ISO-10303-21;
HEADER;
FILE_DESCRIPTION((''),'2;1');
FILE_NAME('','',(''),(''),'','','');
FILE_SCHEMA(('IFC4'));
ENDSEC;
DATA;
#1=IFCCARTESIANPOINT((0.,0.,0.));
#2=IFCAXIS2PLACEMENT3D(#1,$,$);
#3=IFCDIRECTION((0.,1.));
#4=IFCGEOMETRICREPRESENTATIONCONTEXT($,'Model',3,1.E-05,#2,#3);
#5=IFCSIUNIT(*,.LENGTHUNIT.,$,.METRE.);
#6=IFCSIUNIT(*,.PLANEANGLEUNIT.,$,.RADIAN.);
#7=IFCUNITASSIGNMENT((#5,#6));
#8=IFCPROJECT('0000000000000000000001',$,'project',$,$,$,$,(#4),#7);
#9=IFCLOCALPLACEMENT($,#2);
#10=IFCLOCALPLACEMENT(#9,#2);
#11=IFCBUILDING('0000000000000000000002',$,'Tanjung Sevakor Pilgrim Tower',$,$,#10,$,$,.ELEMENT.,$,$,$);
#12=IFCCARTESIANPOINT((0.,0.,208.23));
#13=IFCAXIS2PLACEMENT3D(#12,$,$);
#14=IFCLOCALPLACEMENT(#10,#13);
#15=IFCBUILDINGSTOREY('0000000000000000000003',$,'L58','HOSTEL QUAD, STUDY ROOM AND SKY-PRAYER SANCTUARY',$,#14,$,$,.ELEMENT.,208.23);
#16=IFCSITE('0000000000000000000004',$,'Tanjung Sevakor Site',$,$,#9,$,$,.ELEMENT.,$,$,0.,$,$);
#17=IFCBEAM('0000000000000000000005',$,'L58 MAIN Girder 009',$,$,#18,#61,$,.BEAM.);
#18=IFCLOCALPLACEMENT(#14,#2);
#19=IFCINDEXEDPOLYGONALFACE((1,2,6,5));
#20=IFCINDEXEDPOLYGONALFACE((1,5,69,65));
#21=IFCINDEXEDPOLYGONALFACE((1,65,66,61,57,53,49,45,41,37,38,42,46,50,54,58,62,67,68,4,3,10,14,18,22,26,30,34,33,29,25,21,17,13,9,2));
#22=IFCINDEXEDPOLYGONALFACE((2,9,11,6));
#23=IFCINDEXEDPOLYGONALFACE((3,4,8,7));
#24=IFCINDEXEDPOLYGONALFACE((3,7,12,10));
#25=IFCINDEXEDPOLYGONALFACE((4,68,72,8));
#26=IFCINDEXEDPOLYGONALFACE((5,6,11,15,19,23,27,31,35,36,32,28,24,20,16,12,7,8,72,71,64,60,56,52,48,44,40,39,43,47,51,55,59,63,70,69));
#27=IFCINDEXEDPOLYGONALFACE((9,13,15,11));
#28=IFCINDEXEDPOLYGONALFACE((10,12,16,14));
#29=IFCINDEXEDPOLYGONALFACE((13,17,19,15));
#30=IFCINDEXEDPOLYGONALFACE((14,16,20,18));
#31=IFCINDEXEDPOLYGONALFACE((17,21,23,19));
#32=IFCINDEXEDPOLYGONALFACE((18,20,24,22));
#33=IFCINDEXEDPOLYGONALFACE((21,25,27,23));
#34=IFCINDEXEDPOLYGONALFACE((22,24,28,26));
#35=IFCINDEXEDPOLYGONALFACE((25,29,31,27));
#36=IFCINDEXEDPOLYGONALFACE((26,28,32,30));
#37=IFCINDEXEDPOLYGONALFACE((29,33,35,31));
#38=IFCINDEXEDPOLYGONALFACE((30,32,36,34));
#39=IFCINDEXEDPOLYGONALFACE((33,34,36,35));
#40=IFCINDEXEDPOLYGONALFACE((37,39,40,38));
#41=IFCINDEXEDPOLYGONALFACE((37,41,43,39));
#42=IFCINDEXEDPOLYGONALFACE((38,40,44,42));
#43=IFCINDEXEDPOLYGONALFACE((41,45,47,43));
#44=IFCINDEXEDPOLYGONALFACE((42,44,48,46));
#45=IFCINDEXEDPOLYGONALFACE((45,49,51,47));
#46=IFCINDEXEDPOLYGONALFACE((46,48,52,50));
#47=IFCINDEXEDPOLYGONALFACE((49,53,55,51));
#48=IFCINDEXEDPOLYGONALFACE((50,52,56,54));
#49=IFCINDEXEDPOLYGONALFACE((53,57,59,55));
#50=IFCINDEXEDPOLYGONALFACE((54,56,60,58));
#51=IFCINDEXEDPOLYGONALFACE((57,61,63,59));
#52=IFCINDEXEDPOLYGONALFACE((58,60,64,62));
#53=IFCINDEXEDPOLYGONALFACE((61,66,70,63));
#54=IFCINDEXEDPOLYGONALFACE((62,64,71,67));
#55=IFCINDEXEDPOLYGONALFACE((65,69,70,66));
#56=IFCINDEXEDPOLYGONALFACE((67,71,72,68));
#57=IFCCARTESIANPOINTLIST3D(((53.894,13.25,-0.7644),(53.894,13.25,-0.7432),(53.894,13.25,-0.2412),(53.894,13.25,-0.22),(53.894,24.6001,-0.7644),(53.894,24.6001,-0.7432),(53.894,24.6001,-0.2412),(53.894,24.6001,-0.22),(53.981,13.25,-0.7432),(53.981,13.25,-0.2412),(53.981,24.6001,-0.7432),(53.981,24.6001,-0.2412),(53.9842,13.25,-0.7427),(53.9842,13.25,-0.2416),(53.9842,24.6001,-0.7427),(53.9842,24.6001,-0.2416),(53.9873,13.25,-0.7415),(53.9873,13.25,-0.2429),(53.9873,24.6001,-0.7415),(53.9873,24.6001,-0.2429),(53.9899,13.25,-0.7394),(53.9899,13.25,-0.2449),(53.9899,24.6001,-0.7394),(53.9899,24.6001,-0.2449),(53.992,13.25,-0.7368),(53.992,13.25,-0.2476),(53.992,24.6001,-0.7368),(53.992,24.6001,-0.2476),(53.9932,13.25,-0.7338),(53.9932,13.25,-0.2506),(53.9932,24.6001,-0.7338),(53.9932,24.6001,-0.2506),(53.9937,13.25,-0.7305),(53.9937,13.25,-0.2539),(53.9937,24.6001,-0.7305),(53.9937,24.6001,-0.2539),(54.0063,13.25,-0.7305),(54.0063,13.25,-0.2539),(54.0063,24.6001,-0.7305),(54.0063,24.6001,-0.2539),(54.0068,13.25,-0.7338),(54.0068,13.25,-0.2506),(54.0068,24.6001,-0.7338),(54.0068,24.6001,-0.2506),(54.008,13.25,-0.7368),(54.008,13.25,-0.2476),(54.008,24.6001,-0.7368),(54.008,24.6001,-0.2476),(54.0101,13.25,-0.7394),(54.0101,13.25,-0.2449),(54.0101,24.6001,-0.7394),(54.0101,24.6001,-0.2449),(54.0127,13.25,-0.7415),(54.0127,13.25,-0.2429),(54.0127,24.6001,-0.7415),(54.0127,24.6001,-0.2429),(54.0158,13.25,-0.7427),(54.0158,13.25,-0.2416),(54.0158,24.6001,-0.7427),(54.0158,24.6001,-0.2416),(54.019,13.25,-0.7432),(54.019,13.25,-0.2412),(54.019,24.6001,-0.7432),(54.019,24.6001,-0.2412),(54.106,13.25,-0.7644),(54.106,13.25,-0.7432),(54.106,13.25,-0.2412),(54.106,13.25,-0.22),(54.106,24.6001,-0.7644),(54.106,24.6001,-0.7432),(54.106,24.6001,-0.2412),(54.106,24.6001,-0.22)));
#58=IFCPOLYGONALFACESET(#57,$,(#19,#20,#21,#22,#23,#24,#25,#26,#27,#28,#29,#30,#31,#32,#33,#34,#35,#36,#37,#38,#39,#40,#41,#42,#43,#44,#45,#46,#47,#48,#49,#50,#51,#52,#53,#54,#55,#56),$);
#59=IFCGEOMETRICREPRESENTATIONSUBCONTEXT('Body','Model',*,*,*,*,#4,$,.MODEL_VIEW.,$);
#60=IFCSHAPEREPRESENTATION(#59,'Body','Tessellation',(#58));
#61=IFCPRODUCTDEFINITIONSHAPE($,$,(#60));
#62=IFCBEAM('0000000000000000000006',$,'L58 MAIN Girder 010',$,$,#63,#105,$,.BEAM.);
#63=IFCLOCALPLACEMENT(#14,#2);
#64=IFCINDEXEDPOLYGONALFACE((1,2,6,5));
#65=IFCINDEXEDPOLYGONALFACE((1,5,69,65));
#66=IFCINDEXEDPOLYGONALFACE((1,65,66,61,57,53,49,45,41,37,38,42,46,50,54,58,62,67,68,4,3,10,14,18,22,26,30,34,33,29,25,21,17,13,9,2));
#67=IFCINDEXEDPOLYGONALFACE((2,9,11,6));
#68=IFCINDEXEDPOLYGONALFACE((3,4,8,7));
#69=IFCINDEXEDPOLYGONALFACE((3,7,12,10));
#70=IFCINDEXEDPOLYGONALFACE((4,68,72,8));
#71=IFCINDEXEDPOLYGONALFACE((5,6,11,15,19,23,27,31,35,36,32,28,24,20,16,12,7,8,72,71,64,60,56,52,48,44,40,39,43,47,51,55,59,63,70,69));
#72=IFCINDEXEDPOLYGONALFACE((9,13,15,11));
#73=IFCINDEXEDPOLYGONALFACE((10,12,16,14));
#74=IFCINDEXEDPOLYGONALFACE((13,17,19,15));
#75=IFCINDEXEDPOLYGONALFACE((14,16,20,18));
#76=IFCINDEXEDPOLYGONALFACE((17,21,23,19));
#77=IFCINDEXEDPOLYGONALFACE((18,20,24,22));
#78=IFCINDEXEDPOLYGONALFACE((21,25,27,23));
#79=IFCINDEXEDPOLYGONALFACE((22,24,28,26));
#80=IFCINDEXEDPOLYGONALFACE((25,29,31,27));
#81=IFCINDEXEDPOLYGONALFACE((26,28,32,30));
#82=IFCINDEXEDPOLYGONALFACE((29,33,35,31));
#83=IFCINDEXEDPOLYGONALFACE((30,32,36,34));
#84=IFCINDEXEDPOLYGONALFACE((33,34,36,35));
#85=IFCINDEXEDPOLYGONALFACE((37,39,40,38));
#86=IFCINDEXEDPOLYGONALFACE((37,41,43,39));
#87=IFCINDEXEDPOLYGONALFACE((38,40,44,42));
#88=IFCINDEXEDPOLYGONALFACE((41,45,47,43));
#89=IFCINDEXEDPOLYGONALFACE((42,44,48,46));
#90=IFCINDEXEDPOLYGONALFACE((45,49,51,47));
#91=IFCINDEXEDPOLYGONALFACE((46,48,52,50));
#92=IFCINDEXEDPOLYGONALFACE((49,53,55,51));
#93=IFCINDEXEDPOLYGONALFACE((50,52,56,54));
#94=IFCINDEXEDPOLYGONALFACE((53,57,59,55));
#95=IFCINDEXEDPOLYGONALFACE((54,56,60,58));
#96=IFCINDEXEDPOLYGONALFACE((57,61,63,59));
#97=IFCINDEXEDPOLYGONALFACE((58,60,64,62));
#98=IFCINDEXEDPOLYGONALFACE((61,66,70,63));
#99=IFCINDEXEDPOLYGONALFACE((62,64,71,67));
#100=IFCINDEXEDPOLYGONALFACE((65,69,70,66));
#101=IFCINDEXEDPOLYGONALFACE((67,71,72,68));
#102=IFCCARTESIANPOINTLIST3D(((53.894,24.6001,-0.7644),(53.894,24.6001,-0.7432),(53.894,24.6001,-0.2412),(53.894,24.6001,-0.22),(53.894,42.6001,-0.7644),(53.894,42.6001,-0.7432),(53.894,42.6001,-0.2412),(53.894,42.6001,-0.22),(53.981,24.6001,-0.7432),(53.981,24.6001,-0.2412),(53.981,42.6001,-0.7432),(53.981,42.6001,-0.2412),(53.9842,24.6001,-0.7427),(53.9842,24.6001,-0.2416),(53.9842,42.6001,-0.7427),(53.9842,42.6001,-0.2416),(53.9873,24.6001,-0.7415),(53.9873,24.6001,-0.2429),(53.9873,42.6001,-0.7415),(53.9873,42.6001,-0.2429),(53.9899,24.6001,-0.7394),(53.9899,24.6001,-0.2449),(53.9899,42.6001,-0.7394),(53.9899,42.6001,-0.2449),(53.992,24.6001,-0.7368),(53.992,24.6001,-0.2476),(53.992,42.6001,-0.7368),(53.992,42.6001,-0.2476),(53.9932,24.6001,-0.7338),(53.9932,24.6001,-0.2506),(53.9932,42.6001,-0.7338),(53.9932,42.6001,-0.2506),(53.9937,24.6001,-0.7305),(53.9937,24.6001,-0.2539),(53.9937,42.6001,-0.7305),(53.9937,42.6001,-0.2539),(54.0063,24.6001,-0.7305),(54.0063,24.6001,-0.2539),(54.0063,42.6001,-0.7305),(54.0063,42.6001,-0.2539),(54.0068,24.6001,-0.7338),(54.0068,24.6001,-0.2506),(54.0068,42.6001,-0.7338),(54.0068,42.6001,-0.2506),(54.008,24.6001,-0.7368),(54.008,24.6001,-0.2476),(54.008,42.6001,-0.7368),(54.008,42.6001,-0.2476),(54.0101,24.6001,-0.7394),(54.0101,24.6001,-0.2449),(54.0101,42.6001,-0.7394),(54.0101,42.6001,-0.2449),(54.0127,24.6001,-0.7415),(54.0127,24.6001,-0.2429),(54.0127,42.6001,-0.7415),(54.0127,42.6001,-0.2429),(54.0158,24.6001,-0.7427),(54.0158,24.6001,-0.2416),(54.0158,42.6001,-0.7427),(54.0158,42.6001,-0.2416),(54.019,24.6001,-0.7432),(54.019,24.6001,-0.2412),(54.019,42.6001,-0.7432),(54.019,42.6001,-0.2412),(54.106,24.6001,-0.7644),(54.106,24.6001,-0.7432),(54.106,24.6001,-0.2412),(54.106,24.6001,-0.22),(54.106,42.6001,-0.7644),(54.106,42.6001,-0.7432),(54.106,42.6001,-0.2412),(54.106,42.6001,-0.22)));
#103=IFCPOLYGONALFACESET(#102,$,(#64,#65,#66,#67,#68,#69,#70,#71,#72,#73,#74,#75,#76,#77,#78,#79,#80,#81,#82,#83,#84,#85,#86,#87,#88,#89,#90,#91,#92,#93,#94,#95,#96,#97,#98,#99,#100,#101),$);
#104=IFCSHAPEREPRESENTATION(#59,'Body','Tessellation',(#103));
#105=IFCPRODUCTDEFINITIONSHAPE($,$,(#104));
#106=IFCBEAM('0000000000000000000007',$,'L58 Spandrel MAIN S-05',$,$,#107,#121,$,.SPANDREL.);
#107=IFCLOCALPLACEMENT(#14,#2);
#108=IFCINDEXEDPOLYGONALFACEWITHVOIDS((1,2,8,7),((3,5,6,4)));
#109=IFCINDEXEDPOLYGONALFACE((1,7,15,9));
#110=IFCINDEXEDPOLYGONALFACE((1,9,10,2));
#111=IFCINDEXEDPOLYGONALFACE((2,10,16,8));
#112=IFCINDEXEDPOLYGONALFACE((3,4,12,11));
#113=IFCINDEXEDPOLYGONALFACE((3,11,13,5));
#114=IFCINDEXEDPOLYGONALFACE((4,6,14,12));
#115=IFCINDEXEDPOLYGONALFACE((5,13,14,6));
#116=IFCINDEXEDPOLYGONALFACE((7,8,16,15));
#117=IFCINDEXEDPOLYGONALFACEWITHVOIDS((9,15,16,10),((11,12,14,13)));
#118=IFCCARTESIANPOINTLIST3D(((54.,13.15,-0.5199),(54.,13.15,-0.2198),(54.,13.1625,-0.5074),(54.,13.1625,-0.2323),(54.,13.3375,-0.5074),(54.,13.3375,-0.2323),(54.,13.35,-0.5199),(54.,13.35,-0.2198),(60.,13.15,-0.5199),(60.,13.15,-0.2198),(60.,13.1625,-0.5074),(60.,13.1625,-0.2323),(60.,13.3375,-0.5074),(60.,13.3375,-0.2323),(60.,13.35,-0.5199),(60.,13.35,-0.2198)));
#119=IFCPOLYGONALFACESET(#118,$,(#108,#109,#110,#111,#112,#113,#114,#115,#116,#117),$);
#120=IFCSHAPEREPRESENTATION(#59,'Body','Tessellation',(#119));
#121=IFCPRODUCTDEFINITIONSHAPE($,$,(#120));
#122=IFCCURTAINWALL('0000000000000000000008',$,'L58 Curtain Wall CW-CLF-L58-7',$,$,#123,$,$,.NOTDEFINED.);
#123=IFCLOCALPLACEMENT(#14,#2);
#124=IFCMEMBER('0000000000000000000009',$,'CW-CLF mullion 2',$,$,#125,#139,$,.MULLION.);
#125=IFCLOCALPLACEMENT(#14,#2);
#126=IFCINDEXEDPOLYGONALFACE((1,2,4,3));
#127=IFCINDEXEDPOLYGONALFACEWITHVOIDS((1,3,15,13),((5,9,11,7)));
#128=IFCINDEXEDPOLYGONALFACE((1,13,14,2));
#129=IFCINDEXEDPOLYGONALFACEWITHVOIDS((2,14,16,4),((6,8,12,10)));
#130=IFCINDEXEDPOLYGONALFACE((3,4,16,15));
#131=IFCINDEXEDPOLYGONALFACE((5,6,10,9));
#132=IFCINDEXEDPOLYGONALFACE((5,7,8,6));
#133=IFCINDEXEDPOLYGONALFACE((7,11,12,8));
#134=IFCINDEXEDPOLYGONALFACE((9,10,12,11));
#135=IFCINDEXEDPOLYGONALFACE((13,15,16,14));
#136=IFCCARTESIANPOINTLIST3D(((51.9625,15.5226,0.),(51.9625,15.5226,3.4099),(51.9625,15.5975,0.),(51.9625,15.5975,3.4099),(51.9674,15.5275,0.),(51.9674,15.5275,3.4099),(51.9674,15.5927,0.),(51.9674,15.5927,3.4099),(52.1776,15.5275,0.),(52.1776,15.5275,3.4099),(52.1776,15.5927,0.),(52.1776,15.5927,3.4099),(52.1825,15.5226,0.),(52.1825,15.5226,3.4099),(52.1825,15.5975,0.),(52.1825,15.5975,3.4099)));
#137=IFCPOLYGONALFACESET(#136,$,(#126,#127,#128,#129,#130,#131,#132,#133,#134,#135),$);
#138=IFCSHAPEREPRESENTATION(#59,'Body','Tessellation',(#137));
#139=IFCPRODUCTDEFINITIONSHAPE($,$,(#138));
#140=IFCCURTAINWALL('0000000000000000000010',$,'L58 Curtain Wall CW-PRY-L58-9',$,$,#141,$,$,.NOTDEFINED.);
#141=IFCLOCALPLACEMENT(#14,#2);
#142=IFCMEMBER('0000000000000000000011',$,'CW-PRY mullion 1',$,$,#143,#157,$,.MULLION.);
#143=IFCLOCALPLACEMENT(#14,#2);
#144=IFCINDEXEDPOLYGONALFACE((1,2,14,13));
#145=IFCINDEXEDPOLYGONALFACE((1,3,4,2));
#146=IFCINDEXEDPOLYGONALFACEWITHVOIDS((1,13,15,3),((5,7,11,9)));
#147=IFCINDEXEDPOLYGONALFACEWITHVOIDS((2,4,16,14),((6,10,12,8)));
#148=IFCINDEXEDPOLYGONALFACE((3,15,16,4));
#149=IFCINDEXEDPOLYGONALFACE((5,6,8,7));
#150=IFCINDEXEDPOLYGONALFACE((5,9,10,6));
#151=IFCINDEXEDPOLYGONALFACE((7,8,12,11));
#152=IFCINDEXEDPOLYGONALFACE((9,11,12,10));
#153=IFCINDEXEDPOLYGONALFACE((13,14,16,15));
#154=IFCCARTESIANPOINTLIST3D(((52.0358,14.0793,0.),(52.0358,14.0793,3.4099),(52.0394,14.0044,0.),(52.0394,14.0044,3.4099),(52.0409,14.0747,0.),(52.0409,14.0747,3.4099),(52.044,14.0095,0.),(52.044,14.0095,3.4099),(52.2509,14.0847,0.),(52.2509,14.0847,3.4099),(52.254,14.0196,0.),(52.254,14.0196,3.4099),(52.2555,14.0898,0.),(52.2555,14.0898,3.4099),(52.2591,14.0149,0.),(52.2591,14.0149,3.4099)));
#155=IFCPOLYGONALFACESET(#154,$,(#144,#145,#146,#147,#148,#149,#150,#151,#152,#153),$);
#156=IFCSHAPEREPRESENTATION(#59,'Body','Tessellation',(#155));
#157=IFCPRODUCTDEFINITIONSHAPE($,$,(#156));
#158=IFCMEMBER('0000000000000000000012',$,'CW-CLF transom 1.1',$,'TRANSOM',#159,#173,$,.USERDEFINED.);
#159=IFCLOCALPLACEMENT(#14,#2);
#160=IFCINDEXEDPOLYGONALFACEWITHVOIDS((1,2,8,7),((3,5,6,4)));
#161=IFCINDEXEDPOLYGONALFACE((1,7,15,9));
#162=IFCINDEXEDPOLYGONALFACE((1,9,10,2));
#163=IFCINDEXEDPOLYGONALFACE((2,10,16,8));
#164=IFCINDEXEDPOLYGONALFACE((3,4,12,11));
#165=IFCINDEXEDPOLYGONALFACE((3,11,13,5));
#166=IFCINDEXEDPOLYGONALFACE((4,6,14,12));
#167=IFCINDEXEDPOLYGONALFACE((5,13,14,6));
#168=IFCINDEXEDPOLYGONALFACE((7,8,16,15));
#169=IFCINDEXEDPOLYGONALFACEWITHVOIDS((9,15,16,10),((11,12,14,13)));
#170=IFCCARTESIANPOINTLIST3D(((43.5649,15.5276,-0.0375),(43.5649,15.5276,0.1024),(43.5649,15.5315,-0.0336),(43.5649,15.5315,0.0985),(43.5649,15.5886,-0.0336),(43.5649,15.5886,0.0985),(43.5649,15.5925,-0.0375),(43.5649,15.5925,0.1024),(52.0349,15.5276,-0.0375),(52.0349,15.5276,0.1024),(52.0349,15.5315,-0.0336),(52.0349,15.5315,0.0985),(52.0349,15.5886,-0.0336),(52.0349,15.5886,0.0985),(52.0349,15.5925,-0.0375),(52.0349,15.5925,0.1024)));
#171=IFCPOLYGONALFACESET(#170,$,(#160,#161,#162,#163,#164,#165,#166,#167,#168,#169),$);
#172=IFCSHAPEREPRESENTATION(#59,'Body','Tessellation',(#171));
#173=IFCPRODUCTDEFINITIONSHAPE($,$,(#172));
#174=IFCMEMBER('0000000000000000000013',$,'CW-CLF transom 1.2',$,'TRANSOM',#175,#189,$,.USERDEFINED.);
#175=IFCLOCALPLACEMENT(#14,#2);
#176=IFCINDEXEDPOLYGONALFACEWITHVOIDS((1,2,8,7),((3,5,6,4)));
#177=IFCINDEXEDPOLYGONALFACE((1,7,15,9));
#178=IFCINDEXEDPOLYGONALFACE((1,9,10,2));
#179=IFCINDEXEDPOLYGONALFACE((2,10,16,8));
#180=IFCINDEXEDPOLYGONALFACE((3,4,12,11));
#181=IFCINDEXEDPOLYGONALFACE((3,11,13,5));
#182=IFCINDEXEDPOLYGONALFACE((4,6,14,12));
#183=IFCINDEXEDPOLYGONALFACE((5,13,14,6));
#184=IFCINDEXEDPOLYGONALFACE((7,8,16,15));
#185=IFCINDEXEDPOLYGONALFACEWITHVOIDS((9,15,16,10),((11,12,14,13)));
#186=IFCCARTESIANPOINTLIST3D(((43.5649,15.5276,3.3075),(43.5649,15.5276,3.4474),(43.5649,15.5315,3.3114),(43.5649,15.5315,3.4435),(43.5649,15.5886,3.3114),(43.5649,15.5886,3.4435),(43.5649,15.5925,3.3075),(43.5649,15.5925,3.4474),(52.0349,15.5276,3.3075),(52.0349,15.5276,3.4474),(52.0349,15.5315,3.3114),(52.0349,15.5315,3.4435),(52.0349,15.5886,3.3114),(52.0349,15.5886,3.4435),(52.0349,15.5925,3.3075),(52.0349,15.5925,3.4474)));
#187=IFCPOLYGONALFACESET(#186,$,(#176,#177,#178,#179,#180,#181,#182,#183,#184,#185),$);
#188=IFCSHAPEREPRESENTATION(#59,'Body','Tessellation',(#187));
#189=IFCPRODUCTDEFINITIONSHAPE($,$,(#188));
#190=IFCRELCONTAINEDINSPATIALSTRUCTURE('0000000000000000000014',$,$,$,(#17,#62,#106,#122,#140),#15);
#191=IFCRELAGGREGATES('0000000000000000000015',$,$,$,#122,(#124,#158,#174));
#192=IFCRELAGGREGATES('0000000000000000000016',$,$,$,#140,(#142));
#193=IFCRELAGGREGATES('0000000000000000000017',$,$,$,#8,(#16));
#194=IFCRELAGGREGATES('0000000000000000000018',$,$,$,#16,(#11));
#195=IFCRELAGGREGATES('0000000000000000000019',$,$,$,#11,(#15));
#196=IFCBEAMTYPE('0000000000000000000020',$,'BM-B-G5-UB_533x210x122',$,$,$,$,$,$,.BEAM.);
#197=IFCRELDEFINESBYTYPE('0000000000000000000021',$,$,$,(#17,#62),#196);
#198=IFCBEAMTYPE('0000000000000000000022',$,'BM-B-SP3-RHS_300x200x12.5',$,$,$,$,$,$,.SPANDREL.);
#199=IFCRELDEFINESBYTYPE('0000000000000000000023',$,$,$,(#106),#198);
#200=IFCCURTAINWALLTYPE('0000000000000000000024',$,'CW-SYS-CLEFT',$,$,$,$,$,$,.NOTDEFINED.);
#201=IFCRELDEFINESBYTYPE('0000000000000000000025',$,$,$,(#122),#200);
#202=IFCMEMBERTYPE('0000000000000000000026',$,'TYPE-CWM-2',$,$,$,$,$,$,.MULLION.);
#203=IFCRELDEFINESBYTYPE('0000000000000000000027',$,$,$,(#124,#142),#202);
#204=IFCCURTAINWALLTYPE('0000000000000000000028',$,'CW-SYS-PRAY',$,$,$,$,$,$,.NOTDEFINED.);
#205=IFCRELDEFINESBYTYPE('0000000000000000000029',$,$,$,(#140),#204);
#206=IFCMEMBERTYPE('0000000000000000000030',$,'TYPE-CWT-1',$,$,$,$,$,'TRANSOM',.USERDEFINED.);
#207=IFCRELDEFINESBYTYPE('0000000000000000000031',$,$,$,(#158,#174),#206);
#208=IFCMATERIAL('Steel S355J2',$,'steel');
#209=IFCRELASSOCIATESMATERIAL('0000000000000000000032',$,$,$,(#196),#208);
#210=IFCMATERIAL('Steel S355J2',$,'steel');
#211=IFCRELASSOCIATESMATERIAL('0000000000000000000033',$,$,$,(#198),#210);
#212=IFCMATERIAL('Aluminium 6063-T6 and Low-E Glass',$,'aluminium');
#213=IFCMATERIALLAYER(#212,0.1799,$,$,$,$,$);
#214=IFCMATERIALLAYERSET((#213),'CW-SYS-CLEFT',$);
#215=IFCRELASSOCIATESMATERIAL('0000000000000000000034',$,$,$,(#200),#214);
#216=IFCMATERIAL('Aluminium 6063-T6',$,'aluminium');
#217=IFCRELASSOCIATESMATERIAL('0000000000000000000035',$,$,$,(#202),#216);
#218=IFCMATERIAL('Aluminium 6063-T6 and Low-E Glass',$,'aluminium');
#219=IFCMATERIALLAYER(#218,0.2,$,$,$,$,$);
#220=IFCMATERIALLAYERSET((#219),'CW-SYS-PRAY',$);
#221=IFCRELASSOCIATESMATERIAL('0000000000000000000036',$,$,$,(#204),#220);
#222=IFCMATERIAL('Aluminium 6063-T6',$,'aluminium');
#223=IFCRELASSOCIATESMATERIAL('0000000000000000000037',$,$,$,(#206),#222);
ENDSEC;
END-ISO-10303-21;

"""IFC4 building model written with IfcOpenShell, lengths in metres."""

from ifc_helpers import new_model, si_unit, direction, frame, origin, origin_2d, place, context, subcontext, project, spatial, hollow_rectangle, i_section, extrude, material, layer, layer_set, material_profile, profile_set, type_object, element, aggregate, save


model = new_model("IFC4")

# Units and contexts
model_context = context("Model", 3, precision=1e-05, world=origin(), true_north=direction((0.0, 1.0)))
body_context = subcontext(model_context, "Body", "Model", "MODEL_VIEW")
ifc_project = project(units=[si_unit("LENGTHUNIT", "METRE"), si_unit("PLANEANGLEUNIT", "RADIAN")], contexts=[model_context])

# Site, building, storey
site_placement = place(None, origin())
site = spatial("IfcSite", under=ifc_project, at=site_placement, Name="Tanjung Sevakor Site", CompositionType="ELEMENT", RefElevation=0.0)
building_placement = place(site_placement, origin())
building = spatial("IfcBuilding", under=site, at=building_placement, Name="Tanjung Sevakor Pilgrim Tower", CompositionType="ELEMENT")
storey_placement = place(building_placement, frame((0.0, 0.0, 208.23)))
storey = spatial("IfcBuildingStorey", under=building, at=storey_placement, Name="L58", Description="HOSTEL QUAD, STUDY ROOM AND SKY-PRAYER SANCTUARY", CompositionType="ELEMENT", Elevation=208.23)

# Beams
ifc_material_1 = material(Name="Steel S355J2", Category="steel")
ifc_material_profile_1 = material_profile(ifc_material_1, i_section(OverallWidth=0.2119, OverallDepth=0.5444, WebThickness=0.0127, FlangeThickness=0.0212, FilletRadius=0.0127, at=origin_2d()))
ifc_profile_set_1 = profile_set([ifc_material_profile_1], Name="Steel S355J2")
beam_type_1 = type_object("IfcBeamType", Name="BM-B-G5-UB_533x210x122", PredefinedType="BEAM", material=ifc_profile_set_1)
beam_1_placement = place(storey_placement, frame((54.0, 13.25, -0.4922), z_axis=(0.0, 1.0, 0.0), x_axis=(-1.0, 0.0, 0.0)))
element("IfcBeam", 1, at=beam_1_placement, inside=storey, type_object=beam_type_1, Name="L58 MAIN Girder 009", PredefinedType="BEAM", context=body_context, shape_type="SweptSolid", body=[
    extrude(i_section(OverallWidth=0.2119, OverallDepth=0.5444, WebThickness=0.0127, FlangeThickness=0.0212, FilletRadius=0.0127, at=origin_2d()), origin(), (0.0, 0.0, 1.0), 11.3501),
])
beam_2_placement = place(storey_placement, frame((54.0, 24.6001, -0.4922), z_axis=(0.0, 1.0, 0.0), x_axis=(-1.0, 0.0, 0.0)))
element("IfcBeam", 2, at=beam_2_placement, inside=storey, type_object=beam_type_1, Name="L58 MAIN Girder 010", PredefinedType="BEAM", context=body_context, shape_type="SweptSolid", body=[
    extrude(i_section(OverallWidth=0.2119, OverallDepth=0.5444, WebThickness=0.0127, FlangeThickness=0.0212, FilletRadius=0.0127, at=origin_2d()), origin(), (0.0, 0.0, 1.0), 18.0),
])
ifc_material_2 = material(Name="Steel S355J2", Category="steel")
ifc_material_profile_2 = material_profile(ifc_material_2, hollow_rectangle(XDim=0.2, YDim=0.3, WallThickness=0.0125, at=origin_2d()))
ifc_profile_set_2 = profile_set([ifc_material_profile_2], Name="Steel S355J2")
beam_type_2 = type_object("IfcBeamType", Name="BM-B-SP3-RHS_300x200x12.5", PredefinedType="SPANDREL", material=ifc_profile_set_2)
beam_3_placement = place(storey_placement, frame((54.0, 13.25, -0.3699), z_axis=(1.0, 0.0, 0.0), x_axis=(0.0, 1.0, 0.0)))
element("IfcBeam", 3, at=beam_3_placement, inside=storey, type_object=beam_type_2, Name="L58 Spandrel MAIN S-05", PredefinedType="SPANDREL", context=body_context, shape_type="SweptSolid", body=[
    extrude(hollow_rectangle(XDim=0.2, YDim=0.3, WallThickness=0.0125, at=origin_2d()), origin(), (0.0, 0.0, 1.0), 6.0),
])

# Curtain walls, members
ifc_material_3 = material(Name="Aluminium 6063-T6 and Low-E Glass", Category="aluminium")
ifc_layer_1 = layer(ifc_material_3, 0.1799)
ifc_layer_set_1 = layer_set([ifc_layer_1], Name="CW-SYS-CLEFT")
curtain_wall_type_1 = type_object("IfcCurtainWallType", Name="CW-SYS-CLEFT", PredefinedType="NOTDEFINED", material=ifc_layer_set_1)
curtain_wall_1_placement = place(storey_placement, origin())
curtain_wall_1 = element("IfcCurtainWall", 4, at=curtain_wall_1_placement, inside=storey, type_object=curtain_wall_type_1, Name="L58 Curtain Wall CW-CLF-L58-7", PredefinedType="NOTDEFINED")
ifc_material_4 = material(Name="Aluminium 6063-T6", Category="aluminium")
ifc_material_profile_3 = material_profile(ifc_material_4, hollow_rectangle(XDim=0.075, YDim=0.22, WallThickness=0.0049, at=origin_2d()))
ifc_profile_set_3 = profile_set([ifc_material_profile_3], Name="Aluminium 6063-T6")
member_type_1 = type_object("IfcMemberType", Name="TYPE-CWM-2", PredefinedType="MULLION", material=ifc_profile_set_3)
member_1_placement = place(storey_placement, frame((52.0725, 15.5601, 0.0), z_axis=(0.0, 0.0, 1.0), x_axis=(0.0, 1.0, 0.0)))
member_1 = element("IfcMember", 5, at=member_1_placement, type_object=member_type_1, Name="CW-CLF mullion 2", PredefinedType="MULLION", context=body_context, shape_type="SweptSolid", body=[
    extrude(hollow_rectangle(XDim=0.075, YDim=0.22, WallThickness=0.0049, at=origin_2d()), origin(), (0.0, 0.0, 1.0), 3.4099),
])
ifc_material_5 = material(Name="Aluminium 6063-T6 and Low-E Glass", Category="aluminium")
ifc_layer_2 = layer(ifc_material_5, 0.2)
ifc_layer_set_2 = layer_set([ifc_layer_2], Name="CW-SYS-PRAY")
curtain_wall_type_2 = type_object("IfcCurtainWallType", Name="CW-SYS-PRAY", PredefinedType="NOTDEFINED", material=ifc_layer_set_2)
curtain_wall_2_placement = place(storey_placement, origin())
curtain_wall_2 = element("IfcCurtainWall", 6, at=curtain_wall_2_placement, inside=storey, type_object=curtain_wall_type_2, Name="L58 Curtain Wall CW-PRY-L58-9", PredefinedType="NOTDEFINED")
member_2_placement = place(storey_placement, frame((52.1475, 14.0471, 0.0), z_axis=(0.0, 0.0, 1.0), x_axis=(-0.047794, 0.998857, 0.0)))
member_2 = element("IfcMember", 7, at=member_2_placement, type_object=member_type_1, Name="CW-PRY mullion 1", PredefinedType="MULLION", context=body_context, shape_type="SweptSolid", body=[
    extrude(hollow_rectangle(XDim=0.075, YDim=0.22, WallThickness=0.0049, at=origin_2d()), origin(), (0.0, 0.0, 1.0), 3.4099),
])

# Members
ifc_material_6 = material(Name="Aluminium 6063-T6", Category="aluminium")
ifc_material_profile_4 = material_profile(ifc_material_6, hollow_rectangle(XDim=0.0649, YDim=0.1399, WallThickness=0.0039, at=origin_2d()))
ifc_profile_set_4 = profile_set([ifc_material_profile_4], Name="Aluminium 6063-T6")
member_type_2 = type_object("IfcMemberType", Name="TYPE-CWT-1", ElementType="TRANSOM", PredefinedType="USERDEFINED", material=ifc_profile_set_4)
member_3_placement = place(storey_placement, frame((43.5649, 15.5601, 0.0325), z_axis=(1.0, 0.0, 0.0), x_axis=(0.0, 1.0, 0.0)))
member_3 = element("IfcMember", 8, at=member_3_placement, type_object=member_type_2, Name="CW-CLF transom 1.1", ObjectType="TRANSOM", PredefinedType="USERDEFINED", context=body_context, shape_type="SweptSolid", body=[
    extrude(hollow_rectangle(XDim=0.0649, YDim=0.1399, WallThickness=0.0039, at=origin_2d()), origin(), (0.0, 0.0, 1.0), 8.47),
])
member_4_placement = place(storey_placement, frame((43.5649, 15.5601, 3.3774), z_axis=(1.0, 0.0, 0.0), x_axis=(0.0, 1.0, 0.0)))
member_4 = element("IfcMember", 9, at=member_4_placement, type_object=member_type_2, Name="CW-CLF transom 1.2", ObjectType="TRANSOM", PredefinedType="USERDEFINED", context=body_context, shape_type="SweptSolid", body=[
    extrude(hollow_rectangle(XDim=0.0649, YDim=0.1399, WallThickness=0.0039, at=origin_2d()), origin(), (0.0, 0.0, 1.0), 8.47),
])

aggregate(curtain_wall_1, [member_1, member_3, member_4])
aggregate(curtain_wall_2, [member_2])

save(model, "model.ifc")
